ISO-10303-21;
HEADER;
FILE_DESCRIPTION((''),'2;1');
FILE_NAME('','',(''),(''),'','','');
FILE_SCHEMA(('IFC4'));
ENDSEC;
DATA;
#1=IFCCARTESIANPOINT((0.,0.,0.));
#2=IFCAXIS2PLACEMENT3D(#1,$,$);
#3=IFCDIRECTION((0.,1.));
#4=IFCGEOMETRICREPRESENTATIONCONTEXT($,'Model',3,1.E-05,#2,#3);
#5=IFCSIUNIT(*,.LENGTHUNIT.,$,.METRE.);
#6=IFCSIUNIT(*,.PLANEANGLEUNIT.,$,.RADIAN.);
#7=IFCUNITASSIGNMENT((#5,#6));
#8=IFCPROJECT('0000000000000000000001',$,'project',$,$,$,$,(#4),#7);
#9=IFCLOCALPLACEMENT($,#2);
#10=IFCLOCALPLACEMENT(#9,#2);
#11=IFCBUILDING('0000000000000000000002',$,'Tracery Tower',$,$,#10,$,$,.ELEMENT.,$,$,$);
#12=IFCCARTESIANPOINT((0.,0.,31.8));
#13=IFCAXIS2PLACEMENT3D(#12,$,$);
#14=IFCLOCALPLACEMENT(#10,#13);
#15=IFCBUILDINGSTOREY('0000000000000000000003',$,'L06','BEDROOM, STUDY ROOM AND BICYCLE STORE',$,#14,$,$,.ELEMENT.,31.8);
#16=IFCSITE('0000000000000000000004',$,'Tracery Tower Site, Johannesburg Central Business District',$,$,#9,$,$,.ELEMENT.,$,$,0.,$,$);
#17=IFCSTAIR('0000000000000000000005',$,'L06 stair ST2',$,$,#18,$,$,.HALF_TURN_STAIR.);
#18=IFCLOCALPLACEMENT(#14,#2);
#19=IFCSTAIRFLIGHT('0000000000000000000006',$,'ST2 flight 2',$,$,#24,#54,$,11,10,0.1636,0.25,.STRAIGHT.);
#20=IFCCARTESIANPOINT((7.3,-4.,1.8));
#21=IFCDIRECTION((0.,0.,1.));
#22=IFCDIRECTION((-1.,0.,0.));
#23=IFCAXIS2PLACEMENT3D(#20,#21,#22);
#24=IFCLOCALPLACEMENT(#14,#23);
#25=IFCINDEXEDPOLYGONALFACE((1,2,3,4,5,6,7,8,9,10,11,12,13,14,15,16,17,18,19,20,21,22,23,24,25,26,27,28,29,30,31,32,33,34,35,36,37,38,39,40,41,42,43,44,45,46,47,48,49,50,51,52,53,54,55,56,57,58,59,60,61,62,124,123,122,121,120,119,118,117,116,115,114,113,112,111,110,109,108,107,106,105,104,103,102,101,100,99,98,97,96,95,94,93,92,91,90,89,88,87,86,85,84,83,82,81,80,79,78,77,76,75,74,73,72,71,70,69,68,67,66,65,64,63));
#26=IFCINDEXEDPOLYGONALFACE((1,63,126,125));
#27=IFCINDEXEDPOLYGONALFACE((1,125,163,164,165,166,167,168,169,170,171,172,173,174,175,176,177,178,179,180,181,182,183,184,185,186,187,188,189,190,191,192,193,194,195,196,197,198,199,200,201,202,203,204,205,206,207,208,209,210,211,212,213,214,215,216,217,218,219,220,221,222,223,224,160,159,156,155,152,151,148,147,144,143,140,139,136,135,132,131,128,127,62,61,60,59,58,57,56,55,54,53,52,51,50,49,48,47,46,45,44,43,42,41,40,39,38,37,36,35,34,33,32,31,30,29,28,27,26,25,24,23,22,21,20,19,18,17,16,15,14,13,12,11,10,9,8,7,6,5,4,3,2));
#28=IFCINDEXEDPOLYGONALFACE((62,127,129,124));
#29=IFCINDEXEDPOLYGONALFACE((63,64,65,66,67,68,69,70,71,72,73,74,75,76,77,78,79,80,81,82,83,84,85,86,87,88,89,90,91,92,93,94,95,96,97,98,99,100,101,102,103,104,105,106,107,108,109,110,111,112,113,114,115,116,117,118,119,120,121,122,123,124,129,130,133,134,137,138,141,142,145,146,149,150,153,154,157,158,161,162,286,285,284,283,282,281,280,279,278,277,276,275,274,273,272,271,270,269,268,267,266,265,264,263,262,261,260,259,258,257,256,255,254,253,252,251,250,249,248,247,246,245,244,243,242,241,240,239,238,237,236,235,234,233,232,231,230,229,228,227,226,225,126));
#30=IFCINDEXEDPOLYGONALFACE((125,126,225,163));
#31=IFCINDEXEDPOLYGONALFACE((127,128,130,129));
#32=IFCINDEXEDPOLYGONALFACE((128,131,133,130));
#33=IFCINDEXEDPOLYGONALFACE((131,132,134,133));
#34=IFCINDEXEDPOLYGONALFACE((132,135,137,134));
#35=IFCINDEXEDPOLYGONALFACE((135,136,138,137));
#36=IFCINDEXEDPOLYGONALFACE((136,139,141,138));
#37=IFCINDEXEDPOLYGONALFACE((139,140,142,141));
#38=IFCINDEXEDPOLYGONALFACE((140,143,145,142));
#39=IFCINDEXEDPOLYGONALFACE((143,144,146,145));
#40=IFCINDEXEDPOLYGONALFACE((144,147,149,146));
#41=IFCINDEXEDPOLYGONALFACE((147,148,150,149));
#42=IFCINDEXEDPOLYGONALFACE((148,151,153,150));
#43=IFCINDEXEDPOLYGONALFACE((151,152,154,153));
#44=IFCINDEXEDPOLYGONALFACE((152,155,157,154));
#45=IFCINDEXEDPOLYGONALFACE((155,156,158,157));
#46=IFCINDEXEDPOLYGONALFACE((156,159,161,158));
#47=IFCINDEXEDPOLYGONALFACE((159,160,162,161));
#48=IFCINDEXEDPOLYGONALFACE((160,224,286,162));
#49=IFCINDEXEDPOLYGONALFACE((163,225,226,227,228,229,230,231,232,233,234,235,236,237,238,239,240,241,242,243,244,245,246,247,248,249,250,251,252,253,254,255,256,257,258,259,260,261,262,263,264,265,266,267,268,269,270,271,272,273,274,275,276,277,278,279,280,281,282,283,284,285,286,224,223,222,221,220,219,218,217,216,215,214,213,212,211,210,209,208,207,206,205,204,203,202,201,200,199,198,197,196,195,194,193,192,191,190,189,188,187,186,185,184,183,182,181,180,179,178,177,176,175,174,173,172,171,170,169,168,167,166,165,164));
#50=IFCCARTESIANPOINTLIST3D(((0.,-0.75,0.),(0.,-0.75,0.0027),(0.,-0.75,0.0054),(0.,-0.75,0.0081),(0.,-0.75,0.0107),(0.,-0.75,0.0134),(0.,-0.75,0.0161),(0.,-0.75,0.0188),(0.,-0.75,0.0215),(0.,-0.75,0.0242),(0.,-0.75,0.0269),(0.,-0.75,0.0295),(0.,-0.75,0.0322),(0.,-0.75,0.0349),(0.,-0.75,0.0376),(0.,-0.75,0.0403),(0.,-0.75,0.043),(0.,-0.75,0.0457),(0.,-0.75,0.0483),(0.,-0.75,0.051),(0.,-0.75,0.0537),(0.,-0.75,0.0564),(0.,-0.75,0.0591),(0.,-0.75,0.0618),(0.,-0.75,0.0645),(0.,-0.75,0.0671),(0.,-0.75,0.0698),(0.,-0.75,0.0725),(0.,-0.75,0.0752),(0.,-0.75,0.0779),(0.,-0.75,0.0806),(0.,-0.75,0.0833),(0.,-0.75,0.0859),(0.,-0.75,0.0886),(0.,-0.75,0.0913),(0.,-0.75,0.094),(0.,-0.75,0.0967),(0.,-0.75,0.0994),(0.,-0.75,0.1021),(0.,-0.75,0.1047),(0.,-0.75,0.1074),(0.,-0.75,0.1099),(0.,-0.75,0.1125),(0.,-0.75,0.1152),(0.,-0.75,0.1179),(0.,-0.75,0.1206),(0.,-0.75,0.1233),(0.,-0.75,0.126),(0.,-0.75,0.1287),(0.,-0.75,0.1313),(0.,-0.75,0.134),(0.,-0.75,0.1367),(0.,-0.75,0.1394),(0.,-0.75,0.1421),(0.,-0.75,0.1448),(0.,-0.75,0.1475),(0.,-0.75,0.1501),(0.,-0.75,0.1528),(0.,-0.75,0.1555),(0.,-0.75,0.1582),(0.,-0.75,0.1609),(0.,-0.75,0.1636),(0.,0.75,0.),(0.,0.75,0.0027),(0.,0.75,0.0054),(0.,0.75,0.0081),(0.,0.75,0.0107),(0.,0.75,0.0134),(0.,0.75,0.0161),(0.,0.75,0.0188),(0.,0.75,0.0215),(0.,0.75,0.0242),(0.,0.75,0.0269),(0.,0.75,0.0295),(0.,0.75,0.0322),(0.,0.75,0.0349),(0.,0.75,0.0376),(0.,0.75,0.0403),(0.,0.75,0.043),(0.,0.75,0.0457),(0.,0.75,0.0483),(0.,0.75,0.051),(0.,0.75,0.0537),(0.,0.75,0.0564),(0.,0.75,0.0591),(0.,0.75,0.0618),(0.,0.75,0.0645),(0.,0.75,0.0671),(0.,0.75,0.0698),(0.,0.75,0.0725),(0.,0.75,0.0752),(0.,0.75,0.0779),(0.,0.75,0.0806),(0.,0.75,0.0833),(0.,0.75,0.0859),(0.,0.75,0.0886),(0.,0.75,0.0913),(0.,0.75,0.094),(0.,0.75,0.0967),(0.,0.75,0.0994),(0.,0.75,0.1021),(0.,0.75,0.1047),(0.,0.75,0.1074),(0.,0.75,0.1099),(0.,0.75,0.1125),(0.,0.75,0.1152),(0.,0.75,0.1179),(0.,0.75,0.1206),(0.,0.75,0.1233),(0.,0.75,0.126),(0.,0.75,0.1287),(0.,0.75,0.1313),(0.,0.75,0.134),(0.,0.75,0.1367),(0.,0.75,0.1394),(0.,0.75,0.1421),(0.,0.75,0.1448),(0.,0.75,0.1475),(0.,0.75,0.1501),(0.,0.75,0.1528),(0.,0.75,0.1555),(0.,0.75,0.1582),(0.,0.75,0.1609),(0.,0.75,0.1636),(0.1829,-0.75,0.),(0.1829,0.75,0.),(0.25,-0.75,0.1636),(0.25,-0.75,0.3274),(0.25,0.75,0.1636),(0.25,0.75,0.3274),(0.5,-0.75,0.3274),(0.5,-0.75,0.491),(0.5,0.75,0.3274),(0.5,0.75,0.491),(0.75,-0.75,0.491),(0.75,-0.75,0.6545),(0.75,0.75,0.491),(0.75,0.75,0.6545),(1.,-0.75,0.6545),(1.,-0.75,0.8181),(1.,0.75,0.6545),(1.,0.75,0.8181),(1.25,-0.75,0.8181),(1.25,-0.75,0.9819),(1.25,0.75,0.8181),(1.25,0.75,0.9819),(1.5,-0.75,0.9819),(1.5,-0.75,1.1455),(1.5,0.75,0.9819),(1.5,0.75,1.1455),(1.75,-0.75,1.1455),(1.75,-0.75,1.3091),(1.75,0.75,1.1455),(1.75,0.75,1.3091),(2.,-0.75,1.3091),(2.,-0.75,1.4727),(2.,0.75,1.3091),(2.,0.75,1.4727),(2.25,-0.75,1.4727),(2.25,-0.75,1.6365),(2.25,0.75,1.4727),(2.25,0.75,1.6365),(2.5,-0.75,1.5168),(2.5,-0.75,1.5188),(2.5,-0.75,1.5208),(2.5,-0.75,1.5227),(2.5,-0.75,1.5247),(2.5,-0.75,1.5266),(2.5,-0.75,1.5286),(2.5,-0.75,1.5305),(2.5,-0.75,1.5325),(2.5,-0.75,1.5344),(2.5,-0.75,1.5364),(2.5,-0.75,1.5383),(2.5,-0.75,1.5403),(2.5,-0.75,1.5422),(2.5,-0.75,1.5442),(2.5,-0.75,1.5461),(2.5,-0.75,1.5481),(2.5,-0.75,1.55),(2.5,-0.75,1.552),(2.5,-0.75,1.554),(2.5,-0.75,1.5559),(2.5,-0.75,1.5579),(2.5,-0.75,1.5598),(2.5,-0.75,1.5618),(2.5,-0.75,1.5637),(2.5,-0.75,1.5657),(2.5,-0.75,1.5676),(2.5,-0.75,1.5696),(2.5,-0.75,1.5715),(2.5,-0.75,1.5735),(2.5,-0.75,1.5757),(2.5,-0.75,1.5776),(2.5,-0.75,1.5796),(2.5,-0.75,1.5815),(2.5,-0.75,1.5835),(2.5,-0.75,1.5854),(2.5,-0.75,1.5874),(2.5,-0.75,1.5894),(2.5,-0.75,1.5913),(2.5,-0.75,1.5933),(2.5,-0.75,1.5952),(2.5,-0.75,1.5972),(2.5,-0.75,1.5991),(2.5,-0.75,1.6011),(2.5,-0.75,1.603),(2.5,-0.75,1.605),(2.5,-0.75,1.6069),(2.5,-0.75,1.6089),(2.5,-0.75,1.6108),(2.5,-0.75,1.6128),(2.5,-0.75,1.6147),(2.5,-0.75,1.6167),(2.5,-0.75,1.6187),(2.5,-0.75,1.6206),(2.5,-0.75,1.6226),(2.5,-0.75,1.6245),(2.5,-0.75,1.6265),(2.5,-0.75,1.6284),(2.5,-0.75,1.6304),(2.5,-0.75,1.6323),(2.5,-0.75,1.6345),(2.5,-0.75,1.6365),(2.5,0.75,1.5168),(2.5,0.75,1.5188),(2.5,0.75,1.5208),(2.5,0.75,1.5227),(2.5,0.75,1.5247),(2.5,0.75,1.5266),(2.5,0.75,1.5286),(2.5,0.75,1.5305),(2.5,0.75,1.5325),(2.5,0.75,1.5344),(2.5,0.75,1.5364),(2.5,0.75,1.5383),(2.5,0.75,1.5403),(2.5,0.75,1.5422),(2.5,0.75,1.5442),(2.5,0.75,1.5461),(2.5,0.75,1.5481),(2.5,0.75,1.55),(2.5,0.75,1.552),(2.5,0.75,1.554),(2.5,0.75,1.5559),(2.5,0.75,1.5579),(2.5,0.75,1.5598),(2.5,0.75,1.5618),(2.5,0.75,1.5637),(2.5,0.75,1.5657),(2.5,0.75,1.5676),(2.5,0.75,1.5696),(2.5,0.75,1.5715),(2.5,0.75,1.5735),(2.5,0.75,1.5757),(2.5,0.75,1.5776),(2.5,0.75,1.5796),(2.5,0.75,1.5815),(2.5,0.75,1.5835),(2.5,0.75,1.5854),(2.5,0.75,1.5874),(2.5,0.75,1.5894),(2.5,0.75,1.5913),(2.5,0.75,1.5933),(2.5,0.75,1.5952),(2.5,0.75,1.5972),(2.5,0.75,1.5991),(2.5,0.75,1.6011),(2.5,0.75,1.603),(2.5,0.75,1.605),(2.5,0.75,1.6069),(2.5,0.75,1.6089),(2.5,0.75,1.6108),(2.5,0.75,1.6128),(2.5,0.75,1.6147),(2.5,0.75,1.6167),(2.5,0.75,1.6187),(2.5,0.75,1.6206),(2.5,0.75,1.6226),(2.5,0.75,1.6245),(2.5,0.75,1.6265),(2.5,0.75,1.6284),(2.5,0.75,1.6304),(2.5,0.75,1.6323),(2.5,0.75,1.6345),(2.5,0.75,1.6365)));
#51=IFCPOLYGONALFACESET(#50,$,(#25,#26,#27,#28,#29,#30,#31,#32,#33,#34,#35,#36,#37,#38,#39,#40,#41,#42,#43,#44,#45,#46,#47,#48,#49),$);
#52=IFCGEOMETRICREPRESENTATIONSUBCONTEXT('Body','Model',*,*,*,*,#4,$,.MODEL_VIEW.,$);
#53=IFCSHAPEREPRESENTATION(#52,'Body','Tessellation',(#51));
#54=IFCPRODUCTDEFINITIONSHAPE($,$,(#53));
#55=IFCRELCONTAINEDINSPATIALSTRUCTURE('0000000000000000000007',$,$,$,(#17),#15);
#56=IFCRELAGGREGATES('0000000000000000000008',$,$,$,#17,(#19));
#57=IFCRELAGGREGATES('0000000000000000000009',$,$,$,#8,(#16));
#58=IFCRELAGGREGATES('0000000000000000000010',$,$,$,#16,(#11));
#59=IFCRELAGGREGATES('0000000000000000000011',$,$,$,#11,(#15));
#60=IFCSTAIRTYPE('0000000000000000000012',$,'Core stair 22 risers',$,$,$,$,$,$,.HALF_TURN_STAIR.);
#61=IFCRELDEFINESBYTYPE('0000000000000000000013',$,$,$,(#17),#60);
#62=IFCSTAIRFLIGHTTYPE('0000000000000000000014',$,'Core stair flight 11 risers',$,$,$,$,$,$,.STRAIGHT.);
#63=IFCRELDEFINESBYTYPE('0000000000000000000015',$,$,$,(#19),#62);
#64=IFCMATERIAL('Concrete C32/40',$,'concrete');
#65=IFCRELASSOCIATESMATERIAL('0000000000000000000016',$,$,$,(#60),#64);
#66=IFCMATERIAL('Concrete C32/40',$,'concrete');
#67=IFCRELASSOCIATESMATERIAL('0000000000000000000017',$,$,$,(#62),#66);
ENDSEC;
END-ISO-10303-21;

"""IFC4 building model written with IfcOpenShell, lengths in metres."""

from ifc_helpers import new_model, si_unit, direction, frame, origin, place, context, subcontext, project, spatial, polyline, outline, extrude, material, type_object, element, aggregate, save


model = new_model("IFC4")

# Units and contexts
model_context = context("Model", 3, precision=1e-05, world=origin(), true_north=direction((0.0, 1.0)))
body_context = subcontext(model_context, "Body", "Model", "MODEL_VIEW")
ifc_project = project(units=[si_unit("LENGTHUNIT", "METRE"), si_unit("PLANEANGLEUNIT", "RADIAN")], contexts=[model_context])

# Site, building, storey
site_placement = place(None, origin())
site = spatial("IfcSite", under=ifc_project, at=site_placement, Name="Tracery Tower Site, Johannesburg Central Business District", CompositionType="ELEMENT", RefElevation=0.0)
building_placement = place(site_placement, origin())
building = spatial("IfcBuilding", under=site, at=building_placement, Name="Tracery Tower", CompositionType="ELEMENT")
storey_placement = place(building_placement, frame((0.0, 0.0, 31.8)))
storey = spatial("IfcBuildingStorey", under=building, at=storey_placement, Name="L06", Description="BEDROOM, STUDY ROOM AND BICYCLE STORE", CompositionType="ELEMENT", Elevation=31.8)

# Stair
ifc_material_1 = material(Name="Concrete C32/40", Category="concrete")
stair_type = type_object("IfcStairType", Name="Core stair 22 risers", PredefinedType="HALF_TURN_STAIR", material=ifc_material_1)
stair_1_placement = place(storey_placement, origin())
stair_1 = element("IfcStair", 1, at=stair_1_placement, inside=storey, type_object=stair_type, Name="L06 stair ST2", PredefinedType="HALF_TURN_STAIR")

# Stair flight
ifc_material_2 = material(Name="Concrete C32/40", Category="concrete")
stair_flight_type = type_object("IfcStairFlightType", Name="Core stair flight 11 risers", PredefinedType="STRAIGHT", material=ifc_material_2)
stair_flight_1_placement = place(storey_placement, frame((7.3, -4.0, 1.8), z_axis=(0.0, 0.0, 1.0), x_axis=(-1.0, 0.0, 0.0)))
stair_flight_1 = element("IfcStairFlight", 2, at=stair_flight_1_placement, type_object=stair_flight_type, Name="ST2 flight 2", NumberOfRisers=11, NumberOfTreads=10, PredefinedType="STRAIGHT", RiserHeight=0.1636, TreadLength=0.25, context=body_context, shape_type="SweptSolid", body=[
    extrude(outline(polyline([(0.0, 0.0), (0.0, 0.0027), (0.0, 0.0054), (0.0, 0.0081), (0.0, 0.0107), (0.0, 0.0134), (0.0, 0.0161), (0.0, 0.0188), (0.0, 0.0215), (0.0, 0.0242), (0.0, 0.0269), (0.0, 0.0295), (0.0, 0.0322), (0.0, 0.0349), (0.0, 0.0376), (0.0, 0.0403), (0.0, 0.043), (0.0, 0.0457), (0.0, 0.0483), (0.0, 0.051), (0.0, 0.0537), (0.0, 0.0564), (0.0, 0.0591), (0.0, 0.0618), (0.0, 0.0645), (0.0, 0.0671), (0.0, 0.0698), (0.0, 0.0725), (0.0, 0.0752), (0.0, 0.0779), (0.0, 0.0806), (0.0, 0.0833), (0.0, 0.0859), (0.0, 0.0886), (0.0, 0.0913), (0.0, 0.094), (0.0, 0.0967), (0.0, 0.0994), (0.0, 0.1021), (0.0, 0.1047), (0.0, 0.1074), (0.0, 0.1099), (0.0, 0.1125), (0.0, 0.1152), (0.0, 0.1179), (0.0, 0.1206), (0.0, 0.1233), (0.0, 0.126), (0.0, 0.1287), (0.0, 0.1313), (0.0, 0.134), (0.0, 0.1367), (0.0, 0.1394), (0.0, 0.1421), (0.0, 0.1448), (0.0, 0.1475), (0.0, 0.1501), (0.0, 0.1528), (0.0, 0.1555), (0.0, 0.1582), (0.0, 0.1609), (0.0, 0.1636), (0.25, 0.1636), (0.25, 0.3274), (0.5, 0.3274), (0.5, 0.491), (0.75, 0.491), (0.75, 0.6545), (1.0, 0.6545), (1.0, 0.8181), (1.25, 0.8181), (1.25, 0.9819), (1.5, 0.9819), (1.5, 1.1455), (1.75, 1.1455), (1.75, 1.3091), (2.0, 1.3091), (2.0, 1.4727), (2.25, 1.4727), (2.25, 1.6365), (2.5, 1.6365), (2.5, 1.6345), (2.5, 1.6323), (2.5, 1.6304), (2.5, 1.6284), (2.5, 1.6265), (2.5, 1.6245), (2.5, 1.6226), (2.5, 1.6206), (2.5, 1.6187), (2.5, 1.6167), (2.5, 1.6147), (2.5, 1.6128), (2.5, 1.6108), (2.5, 1.6089), (2.5, 1.6069), (2.5, 1.605), (2.5, 1.603), (2.5, 1.6011), (2.5, 1.5991), (2.5, 1.5972), (2.5, 1.5952), (2.5, 1.5933), (2.5, 1.5913), (2.5, 1.5894), (2.5, 1.5874), (2.5, 1.5854), (2.5, 1.5835), (2.5, 1.5815), (2.5, 1.5796), (2.5, 1.5776), (2.5, 1.5757), (2.5, 1.5735), (2.5, 1.5715), (2.5, 1.5696), (2.5, 1.5676), (2.5, 1.5657), (2.5, 1.5637), (2.5, 1.5618), (2.5, 1.5598), (2.5, 1.5579), (2.5, 1.5559), (2.5, 1.554), (2.5, 1.552), (2.5, 1.55), (2.5, 1.5481), (2.5, 1.5461), (2.5, 1.5442), (2.5, 1.5422), (2.5, 1.5403), (2.5, 1.5383), (2.5, 1.5364), (2.5, 1.5344), (2.5, 1.5325), (2.5, 1.5305), (2.5, 1.5286), (2.5, 1.5266), (2.5, 1.5247), (2.5, 1.5227), (2.5, 1.5208), (2.5, 1.5188), (2.5, 1.5168), (0.1829, 0.0), (0.0, 0.0)])), frame((0.0, 0.75, 0.0), z_axis=(0.0, -1.0, 0.0), x_axis=(1.0, 0.0, 0.0)), (0.0, 0.0, 1.0), 1.5),
])
aggregate(stair_1, [stair_flight_1])

save(model, "model.ifc")
